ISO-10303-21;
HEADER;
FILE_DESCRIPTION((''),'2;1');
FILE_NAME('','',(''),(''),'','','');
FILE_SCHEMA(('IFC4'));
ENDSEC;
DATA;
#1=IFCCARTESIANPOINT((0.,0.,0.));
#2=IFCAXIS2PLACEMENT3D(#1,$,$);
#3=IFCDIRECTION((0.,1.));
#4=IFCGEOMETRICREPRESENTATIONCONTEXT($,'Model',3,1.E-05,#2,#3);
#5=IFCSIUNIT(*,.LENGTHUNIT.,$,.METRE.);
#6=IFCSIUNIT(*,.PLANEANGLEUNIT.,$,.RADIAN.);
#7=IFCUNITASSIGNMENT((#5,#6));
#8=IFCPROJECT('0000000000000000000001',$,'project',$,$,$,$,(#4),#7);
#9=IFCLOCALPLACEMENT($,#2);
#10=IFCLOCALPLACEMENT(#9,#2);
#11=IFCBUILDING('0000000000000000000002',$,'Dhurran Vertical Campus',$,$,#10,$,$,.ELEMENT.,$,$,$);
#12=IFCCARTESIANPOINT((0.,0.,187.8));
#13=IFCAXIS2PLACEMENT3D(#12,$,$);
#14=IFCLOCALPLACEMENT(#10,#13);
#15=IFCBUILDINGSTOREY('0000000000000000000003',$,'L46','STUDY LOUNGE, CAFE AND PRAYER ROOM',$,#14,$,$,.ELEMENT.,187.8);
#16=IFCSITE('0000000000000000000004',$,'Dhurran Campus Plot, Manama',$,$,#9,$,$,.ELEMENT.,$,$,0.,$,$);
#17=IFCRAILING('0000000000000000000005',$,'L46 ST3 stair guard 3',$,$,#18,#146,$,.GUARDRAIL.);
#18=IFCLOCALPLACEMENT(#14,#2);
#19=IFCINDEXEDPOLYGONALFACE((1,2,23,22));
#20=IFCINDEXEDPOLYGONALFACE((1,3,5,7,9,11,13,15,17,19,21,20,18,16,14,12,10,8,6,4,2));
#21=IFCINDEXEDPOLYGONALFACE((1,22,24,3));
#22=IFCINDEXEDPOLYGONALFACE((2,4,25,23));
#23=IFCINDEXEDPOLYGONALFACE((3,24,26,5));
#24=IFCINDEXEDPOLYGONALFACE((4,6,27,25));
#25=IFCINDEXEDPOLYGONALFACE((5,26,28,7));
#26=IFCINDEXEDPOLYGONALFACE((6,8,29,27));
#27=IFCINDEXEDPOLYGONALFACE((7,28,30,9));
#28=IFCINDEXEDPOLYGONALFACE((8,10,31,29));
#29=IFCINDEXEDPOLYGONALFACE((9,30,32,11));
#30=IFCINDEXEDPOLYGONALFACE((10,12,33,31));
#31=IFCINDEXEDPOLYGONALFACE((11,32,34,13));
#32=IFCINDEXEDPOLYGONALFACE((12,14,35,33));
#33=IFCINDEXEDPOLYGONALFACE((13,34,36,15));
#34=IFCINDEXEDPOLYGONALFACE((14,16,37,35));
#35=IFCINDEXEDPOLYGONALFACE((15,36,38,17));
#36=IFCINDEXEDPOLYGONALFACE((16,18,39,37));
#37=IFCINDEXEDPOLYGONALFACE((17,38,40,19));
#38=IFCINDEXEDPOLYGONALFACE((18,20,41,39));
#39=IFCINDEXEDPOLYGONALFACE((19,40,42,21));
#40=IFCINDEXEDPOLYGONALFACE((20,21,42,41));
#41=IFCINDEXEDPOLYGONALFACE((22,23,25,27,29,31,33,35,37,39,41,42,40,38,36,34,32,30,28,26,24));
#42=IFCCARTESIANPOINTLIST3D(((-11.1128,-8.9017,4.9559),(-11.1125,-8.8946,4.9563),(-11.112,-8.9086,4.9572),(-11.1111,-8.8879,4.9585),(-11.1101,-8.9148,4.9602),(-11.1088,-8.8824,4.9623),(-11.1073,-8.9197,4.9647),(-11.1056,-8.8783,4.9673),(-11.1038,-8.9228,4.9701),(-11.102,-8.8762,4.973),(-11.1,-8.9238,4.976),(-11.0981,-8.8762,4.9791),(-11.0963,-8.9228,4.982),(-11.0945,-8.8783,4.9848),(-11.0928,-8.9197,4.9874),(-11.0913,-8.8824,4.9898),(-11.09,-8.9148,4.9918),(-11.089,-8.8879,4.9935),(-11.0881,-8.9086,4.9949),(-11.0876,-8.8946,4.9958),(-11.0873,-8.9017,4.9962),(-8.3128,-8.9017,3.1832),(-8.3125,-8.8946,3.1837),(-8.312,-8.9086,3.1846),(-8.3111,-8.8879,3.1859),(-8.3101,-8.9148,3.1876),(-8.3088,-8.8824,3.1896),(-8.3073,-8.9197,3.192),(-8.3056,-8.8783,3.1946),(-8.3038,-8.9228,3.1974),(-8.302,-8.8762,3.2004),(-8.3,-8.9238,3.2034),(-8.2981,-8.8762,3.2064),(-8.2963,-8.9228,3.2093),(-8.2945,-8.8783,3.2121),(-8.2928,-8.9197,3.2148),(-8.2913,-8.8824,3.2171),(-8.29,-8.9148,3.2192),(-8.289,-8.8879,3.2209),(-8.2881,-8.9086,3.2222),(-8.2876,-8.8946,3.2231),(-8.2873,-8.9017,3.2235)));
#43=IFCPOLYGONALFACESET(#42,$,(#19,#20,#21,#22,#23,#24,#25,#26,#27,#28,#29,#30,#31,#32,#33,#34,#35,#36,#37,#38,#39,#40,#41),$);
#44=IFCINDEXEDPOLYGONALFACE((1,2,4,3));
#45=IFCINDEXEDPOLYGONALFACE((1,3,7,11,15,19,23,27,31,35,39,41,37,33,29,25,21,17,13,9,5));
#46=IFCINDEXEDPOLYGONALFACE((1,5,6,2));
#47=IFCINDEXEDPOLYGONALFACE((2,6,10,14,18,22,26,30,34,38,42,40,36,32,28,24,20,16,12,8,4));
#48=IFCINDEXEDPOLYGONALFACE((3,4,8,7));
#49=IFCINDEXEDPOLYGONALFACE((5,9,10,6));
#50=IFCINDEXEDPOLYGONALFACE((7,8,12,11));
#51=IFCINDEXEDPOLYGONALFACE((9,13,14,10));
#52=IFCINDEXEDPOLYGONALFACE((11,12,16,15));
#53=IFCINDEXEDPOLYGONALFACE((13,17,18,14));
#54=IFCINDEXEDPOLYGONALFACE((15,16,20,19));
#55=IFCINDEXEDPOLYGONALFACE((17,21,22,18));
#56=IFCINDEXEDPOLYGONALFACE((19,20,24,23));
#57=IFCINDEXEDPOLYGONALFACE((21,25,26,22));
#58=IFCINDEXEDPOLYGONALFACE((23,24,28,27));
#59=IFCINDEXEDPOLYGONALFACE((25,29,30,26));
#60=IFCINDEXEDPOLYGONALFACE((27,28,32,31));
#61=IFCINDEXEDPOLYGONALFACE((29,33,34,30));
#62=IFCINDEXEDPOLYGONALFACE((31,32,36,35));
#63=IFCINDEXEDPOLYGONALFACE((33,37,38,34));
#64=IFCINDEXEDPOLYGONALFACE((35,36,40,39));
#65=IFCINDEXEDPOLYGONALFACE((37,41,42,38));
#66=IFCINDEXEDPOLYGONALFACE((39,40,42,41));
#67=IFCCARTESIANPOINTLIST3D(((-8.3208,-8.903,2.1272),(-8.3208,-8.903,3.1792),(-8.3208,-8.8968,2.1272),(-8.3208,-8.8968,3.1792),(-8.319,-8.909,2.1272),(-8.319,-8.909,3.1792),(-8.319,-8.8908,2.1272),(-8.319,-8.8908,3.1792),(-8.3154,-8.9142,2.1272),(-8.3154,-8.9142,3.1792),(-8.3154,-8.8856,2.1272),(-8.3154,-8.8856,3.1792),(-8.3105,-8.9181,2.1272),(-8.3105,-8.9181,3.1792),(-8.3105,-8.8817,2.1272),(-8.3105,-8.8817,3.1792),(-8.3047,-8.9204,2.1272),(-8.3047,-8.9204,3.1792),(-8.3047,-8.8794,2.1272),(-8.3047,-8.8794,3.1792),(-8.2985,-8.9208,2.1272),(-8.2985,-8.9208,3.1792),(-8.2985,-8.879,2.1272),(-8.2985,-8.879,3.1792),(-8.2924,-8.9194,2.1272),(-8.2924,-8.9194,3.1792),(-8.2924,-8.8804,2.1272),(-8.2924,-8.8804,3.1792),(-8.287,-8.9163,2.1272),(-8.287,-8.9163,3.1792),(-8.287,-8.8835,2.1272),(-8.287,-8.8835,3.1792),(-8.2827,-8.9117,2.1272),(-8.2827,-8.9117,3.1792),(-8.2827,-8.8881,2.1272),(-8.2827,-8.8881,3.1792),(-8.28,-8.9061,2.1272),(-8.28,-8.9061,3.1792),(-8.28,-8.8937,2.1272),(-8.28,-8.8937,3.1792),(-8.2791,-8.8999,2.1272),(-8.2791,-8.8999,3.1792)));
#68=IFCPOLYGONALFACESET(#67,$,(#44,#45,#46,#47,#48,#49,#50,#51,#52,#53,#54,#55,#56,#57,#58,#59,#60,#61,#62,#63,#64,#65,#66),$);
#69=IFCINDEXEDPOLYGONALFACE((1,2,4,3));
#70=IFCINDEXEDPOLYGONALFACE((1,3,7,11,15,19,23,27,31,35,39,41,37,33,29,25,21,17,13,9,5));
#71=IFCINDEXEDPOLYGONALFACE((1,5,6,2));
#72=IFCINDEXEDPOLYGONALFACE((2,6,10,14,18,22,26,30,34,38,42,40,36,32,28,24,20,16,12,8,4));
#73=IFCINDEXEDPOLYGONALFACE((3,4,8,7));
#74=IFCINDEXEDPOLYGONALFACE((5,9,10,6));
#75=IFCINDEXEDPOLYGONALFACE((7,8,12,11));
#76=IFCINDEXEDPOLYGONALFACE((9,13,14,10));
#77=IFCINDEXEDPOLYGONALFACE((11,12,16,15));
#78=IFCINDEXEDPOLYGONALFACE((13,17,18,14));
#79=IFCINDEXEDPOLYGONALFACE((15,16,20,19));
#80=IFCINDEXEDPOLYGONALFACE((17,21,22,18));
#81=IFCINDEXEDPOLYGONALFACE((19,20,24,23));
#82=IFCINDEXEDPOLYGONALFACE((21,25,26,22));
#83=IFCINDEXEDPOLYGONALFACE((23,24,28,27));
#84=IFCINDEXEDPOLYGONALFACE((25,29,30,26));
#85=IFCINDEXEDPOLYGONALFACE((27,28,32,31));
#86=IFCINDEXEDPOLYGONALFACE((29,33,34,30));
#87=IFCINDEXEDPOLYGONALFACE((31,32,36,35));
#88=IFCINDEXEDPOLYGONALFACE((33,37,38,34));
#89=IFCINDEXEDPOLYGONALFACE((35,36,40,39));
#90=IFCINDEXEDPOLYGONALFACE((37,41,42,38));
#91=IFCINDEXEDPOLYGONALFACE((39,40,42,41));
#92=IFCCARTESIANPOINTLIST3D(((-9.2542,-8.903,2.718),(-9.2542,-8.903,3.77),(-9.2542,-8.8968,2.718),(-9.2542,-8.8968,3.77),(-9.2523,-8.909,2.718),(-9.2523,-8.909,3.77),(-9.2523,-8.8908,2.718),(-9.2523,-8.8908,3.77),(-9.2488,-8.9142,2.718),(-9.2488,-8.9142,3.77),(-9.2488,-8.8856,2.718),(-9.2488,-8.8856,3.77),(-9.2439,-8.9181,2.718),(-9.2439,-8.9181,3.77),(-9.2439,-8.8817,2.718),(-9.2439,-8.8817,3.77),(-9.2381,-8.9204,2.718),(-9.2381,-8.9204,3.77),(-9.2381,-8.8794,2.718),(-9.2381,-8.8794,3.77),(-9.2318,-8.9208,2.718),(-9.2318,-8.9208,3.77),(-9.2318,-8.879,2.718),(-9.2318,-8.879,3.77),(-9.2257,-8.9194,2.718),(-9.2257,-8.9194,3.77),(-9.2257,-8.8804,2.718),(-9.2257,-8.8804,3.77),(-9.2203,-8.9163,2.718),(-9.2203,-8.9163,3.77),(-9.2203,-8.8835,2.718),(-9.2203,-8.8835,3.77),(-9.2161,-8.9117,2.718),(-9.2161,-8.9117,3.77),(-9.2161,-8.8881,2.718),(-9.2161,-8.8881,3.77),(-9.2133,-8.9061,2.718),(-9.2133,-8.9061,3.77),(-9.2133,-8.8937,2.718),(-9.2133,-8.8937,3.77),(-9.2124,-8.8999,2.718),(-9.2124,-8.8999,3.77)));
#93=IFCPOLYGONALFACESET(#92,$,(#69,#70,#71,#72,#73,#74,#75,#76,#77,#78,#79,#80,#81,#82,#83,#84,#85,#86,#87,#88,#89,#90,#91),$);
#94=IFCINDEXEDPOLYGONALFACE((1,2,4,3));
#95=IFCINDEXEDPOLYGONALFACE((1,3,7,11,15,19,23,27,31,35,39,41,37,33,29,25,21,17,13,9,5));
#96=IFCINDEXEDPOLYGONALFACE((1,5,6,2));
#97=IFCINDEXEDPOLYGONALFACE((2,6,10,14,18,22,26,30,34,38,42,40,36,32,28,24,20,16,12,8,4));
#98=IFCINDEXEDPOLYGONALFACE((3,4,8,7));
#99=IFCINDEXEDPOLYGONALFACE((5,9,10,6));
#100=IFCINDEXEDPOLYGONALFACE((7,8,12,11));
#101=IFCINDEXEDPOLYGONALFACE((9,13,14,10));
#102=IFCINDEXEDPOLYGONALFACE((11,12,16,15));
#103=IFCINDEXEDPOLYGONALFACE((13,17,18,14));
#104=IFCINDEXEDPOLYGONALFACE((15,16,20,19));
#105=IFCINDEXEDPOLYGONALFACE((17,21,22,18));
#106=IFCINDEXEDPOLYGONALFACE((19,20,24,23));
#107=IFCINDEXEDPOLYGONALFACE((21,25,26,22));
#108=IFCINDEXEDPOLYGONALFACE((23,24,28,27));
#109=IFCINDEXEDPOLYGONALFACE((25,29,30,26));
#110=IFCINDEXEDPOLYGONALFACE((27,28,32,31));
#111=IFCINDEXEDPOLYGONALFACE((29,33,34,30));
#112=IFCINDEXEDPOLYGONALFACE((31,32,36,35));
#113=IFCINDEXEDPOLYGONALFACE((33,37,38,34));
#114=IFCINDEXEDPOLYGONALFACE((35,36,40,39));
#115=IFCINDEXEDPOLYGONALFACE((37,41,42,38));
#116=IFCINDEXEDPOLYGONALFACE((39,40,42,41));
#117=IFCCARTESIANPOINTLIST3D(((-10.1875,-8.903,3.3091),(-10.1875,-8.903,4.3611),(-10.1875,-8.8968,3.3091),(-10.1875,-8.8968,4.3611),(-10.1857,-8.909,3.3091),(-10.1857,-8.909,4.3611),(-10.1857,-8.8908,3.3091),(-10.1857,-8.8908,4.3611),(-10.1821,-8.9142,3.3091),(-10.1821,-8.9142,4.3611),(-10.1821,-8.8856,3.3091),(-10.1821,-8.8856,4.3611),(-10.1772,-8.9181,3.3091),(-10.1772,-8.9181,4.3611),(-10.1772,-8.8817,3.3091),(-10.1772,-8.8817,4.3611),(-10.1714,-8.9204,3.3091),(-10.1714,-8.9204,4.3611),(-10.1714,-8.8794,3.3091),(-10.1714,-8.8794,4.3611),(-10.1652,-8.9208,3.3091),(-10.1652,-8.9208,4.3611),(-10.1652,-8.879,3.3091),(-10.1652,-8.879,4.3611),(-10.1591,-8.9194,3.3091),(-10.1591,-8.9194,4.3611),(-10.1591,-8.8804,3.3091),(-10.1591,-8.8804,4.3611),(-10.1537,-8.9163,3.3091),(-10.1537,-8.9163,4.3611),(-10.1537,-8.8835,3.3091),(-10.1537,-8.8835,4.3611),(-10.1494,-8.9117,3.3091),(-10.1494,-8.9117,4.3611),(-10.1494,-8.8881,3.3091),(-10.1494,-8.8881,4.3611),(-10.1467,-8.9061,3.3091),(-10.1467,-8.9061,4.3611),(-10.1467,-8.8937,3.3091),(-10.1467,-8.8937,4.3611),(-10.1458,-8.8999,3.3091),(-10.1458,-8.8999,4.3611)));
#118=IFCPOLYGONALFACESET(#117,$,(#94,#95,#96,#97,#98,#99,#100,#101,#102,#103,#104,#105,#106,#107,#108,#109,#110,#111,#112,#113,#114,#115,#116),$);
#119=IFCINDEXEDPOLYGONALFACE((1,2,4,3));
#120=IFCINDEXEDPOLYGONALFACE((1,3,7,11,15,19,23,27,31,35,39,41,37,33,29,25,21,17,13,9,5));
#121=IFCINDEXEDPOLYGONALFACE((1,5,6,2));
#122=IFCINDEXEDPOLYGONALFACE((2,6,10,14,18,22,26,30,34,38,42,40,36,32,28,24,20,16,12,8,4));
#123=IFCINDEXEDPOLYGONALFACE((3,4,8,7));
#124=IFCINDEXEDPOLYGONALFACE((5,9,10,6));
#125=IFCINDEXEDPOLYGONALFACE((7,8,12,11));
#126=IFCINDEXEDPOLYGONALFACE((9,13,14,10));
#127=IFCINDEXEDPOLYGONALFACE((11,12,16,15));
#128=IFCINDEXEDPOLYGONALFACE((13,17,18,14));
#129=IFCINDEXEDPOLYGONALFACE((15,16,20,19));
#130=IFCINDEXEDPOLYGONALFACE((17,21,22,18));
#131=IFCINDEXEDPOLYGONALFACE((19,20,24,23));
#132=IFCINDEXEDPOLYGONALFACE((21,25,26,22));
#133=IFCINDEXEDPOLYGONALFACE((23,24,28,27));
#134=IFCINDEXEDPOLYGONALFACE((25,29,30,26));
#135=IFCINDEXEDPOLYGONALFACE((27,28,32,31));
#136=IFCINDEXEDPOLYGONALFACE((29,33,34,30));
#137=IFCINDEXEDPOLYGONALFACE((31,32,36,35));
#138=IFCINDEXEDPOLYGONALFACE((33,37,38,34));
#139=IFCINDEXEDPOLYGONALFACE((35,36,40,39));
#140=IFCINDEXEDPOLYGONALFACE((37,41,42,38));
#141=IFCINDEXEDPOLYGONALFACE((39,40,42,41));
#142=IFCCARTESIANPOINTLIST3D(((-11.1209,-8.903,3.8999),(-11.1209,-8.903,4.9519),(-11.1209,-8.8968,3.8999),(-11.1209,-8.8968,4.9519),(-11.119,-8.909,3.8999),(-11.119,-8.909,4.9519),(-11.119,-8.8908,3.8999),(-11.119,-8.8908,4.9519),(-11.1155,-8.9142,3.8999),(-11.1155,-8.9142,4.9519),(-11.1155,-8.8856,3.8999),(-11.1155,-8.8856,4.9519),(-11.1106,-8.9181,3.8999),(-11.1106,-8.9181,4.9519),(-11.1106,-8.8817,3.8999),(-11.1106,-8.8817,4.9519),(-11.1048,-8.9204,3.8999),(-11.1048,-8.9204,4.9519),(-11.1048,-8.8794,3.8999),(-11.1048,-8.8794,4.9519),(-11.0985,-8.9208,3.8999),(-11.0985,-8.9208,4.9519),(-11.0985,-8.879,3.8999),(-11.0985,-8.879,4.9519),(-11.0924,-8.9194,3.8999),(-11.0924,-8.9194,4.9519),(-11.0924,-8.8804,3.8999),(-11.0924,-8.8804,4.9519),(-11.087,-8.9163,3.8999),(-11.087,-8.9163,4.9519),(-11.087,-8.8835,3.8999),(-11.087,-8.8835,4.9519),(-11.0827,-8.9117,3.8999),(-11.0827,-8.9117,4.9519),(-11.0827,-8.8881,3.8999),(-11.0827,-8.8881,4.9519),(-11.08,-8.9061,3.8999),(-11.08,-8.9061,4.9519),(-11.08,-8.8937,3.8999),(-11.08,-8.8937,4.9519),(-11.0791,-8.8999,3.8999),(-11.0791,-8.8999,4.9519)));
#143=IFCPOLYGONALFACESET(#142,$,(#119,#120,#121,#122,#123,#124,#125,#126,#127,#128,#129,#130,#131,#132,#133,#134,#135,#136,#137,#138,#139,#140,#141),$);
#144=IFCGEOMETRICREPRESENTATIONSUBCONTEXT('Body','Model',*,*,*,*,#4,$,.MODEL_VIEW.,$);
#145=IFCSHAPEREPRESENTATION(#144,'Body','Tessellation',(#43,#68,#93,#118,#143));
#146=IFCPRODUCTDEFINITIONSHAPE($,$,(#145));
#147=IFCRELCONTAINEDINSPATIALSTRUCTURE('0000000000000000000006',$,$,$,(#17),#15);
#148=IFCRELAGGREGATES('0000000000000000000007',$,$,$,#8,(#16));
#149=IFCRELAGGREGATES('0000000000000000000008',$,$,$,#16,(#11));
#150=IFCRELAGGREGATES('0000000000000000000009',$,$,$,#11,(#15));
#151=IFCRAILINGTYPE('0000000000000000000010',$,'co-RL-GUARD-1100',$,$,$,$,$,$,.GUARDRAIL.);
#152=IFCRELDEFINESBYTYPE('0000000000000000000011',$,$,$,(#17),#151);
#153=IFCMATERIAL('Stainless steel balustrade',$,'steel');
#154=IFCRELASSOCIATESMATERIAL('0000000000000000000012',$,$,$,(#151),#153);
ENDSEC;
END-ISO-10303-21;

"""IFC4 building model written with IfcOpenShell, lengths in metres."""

from ifc_helpers import new_model, si_unit, direction, frame, origin, origin_2d, place, context, subcontext, project, spatial, circle, extrude, material, type_object, element, save


model = new_model("IFC4")

# Units and contexts
model_context = context("Model", 3, precision=1e-05, world=origin(), true_north=direction((0.0, 1.0)))
body_context = subcontext(model_context, "Body", "Model", "MODEL_VIEW")
ifc_project = project(units=[si_unit("LENGTHUNIT", "METRE"), si_unit("PLANEANGLEUNIT", "RADIAN")], contexts=[model_context])

# Site, building, storey
site_placement = place(None, origin())
site = spatial("IfcSite", under=ifc_project, at=site_placement, Name="Dhurran Campus Plot, Manama", CompositionType="ELEMENT", RefElevation=0.0)
building_placement = place(site_placement, origin())
building = spatial("IfcBuilding", under=site, at=building_placement, Name="Dhurran Vertical Campus", CompositionType="ELEMENT")
storey_placement = place(building_placement, frame((0.0, 0.0, 187.8)))
storey = spatial("IfcBuildingStorey", under=building, at=storey_placement, Name="L46", Description="STUDY LOUNGE, CAFE AND PRAYER ROOM", CompositionType="ELEMENT", Elevation=187.8)

# Railing
ifc_material_1 = material(Name="Stainless steel balustrade", Category="steel")
railing_type_1 = type_object("IfcRailingType", Name="co-RL-GUARD-1100", PredefinedType="GUARDRAIL", material=ifc_material_1)
railing_1_placement = place(storey_placement, frame((-8.3, -8.8999, 2.1272)))
element("IfcRailing", 1, at=railing_1_placement, inside=storey, type_object=railing_type_1, Name="L46 ST3 stair guard 3", PredefinedType="GUARDRAIL", context=body_context, shape_type="SweptSolid", body=[
    extrude(circle(Radius=0.0239, at=origin_2d()), frame((0.0, 0.0, 1.0762), z_axis=(-0.844909, 0.0, 0.53491), x_axis=(0.0, -1.0, 0.0)), (0.0, 0.0, 1.0), 3.314),
    extrude(circle(Radius=0.021, at=origin_2d()), origin(), (0.0, 0.0, 1.0), 1.052),
    extrude(circle(Radius=0.021, at=origin_2d()), frame((-0.9333, 0.0, 0.5908)), (0.0, 0.0, 1.0), 1.052),
    extrude(circle(Radius=0.021, at=origin_2d()), frame((-1.8667, 0.0, 1.1819)), (0.0, 0.0, 1.0), 1.052),
    extrude(circle(Radius=0.021, at=origin_2d()), frame((-2.8, 0.0, 1.7727)), (0.0, 0.0, 1.0), 1.052),
])

save(model, "model.ifc")
